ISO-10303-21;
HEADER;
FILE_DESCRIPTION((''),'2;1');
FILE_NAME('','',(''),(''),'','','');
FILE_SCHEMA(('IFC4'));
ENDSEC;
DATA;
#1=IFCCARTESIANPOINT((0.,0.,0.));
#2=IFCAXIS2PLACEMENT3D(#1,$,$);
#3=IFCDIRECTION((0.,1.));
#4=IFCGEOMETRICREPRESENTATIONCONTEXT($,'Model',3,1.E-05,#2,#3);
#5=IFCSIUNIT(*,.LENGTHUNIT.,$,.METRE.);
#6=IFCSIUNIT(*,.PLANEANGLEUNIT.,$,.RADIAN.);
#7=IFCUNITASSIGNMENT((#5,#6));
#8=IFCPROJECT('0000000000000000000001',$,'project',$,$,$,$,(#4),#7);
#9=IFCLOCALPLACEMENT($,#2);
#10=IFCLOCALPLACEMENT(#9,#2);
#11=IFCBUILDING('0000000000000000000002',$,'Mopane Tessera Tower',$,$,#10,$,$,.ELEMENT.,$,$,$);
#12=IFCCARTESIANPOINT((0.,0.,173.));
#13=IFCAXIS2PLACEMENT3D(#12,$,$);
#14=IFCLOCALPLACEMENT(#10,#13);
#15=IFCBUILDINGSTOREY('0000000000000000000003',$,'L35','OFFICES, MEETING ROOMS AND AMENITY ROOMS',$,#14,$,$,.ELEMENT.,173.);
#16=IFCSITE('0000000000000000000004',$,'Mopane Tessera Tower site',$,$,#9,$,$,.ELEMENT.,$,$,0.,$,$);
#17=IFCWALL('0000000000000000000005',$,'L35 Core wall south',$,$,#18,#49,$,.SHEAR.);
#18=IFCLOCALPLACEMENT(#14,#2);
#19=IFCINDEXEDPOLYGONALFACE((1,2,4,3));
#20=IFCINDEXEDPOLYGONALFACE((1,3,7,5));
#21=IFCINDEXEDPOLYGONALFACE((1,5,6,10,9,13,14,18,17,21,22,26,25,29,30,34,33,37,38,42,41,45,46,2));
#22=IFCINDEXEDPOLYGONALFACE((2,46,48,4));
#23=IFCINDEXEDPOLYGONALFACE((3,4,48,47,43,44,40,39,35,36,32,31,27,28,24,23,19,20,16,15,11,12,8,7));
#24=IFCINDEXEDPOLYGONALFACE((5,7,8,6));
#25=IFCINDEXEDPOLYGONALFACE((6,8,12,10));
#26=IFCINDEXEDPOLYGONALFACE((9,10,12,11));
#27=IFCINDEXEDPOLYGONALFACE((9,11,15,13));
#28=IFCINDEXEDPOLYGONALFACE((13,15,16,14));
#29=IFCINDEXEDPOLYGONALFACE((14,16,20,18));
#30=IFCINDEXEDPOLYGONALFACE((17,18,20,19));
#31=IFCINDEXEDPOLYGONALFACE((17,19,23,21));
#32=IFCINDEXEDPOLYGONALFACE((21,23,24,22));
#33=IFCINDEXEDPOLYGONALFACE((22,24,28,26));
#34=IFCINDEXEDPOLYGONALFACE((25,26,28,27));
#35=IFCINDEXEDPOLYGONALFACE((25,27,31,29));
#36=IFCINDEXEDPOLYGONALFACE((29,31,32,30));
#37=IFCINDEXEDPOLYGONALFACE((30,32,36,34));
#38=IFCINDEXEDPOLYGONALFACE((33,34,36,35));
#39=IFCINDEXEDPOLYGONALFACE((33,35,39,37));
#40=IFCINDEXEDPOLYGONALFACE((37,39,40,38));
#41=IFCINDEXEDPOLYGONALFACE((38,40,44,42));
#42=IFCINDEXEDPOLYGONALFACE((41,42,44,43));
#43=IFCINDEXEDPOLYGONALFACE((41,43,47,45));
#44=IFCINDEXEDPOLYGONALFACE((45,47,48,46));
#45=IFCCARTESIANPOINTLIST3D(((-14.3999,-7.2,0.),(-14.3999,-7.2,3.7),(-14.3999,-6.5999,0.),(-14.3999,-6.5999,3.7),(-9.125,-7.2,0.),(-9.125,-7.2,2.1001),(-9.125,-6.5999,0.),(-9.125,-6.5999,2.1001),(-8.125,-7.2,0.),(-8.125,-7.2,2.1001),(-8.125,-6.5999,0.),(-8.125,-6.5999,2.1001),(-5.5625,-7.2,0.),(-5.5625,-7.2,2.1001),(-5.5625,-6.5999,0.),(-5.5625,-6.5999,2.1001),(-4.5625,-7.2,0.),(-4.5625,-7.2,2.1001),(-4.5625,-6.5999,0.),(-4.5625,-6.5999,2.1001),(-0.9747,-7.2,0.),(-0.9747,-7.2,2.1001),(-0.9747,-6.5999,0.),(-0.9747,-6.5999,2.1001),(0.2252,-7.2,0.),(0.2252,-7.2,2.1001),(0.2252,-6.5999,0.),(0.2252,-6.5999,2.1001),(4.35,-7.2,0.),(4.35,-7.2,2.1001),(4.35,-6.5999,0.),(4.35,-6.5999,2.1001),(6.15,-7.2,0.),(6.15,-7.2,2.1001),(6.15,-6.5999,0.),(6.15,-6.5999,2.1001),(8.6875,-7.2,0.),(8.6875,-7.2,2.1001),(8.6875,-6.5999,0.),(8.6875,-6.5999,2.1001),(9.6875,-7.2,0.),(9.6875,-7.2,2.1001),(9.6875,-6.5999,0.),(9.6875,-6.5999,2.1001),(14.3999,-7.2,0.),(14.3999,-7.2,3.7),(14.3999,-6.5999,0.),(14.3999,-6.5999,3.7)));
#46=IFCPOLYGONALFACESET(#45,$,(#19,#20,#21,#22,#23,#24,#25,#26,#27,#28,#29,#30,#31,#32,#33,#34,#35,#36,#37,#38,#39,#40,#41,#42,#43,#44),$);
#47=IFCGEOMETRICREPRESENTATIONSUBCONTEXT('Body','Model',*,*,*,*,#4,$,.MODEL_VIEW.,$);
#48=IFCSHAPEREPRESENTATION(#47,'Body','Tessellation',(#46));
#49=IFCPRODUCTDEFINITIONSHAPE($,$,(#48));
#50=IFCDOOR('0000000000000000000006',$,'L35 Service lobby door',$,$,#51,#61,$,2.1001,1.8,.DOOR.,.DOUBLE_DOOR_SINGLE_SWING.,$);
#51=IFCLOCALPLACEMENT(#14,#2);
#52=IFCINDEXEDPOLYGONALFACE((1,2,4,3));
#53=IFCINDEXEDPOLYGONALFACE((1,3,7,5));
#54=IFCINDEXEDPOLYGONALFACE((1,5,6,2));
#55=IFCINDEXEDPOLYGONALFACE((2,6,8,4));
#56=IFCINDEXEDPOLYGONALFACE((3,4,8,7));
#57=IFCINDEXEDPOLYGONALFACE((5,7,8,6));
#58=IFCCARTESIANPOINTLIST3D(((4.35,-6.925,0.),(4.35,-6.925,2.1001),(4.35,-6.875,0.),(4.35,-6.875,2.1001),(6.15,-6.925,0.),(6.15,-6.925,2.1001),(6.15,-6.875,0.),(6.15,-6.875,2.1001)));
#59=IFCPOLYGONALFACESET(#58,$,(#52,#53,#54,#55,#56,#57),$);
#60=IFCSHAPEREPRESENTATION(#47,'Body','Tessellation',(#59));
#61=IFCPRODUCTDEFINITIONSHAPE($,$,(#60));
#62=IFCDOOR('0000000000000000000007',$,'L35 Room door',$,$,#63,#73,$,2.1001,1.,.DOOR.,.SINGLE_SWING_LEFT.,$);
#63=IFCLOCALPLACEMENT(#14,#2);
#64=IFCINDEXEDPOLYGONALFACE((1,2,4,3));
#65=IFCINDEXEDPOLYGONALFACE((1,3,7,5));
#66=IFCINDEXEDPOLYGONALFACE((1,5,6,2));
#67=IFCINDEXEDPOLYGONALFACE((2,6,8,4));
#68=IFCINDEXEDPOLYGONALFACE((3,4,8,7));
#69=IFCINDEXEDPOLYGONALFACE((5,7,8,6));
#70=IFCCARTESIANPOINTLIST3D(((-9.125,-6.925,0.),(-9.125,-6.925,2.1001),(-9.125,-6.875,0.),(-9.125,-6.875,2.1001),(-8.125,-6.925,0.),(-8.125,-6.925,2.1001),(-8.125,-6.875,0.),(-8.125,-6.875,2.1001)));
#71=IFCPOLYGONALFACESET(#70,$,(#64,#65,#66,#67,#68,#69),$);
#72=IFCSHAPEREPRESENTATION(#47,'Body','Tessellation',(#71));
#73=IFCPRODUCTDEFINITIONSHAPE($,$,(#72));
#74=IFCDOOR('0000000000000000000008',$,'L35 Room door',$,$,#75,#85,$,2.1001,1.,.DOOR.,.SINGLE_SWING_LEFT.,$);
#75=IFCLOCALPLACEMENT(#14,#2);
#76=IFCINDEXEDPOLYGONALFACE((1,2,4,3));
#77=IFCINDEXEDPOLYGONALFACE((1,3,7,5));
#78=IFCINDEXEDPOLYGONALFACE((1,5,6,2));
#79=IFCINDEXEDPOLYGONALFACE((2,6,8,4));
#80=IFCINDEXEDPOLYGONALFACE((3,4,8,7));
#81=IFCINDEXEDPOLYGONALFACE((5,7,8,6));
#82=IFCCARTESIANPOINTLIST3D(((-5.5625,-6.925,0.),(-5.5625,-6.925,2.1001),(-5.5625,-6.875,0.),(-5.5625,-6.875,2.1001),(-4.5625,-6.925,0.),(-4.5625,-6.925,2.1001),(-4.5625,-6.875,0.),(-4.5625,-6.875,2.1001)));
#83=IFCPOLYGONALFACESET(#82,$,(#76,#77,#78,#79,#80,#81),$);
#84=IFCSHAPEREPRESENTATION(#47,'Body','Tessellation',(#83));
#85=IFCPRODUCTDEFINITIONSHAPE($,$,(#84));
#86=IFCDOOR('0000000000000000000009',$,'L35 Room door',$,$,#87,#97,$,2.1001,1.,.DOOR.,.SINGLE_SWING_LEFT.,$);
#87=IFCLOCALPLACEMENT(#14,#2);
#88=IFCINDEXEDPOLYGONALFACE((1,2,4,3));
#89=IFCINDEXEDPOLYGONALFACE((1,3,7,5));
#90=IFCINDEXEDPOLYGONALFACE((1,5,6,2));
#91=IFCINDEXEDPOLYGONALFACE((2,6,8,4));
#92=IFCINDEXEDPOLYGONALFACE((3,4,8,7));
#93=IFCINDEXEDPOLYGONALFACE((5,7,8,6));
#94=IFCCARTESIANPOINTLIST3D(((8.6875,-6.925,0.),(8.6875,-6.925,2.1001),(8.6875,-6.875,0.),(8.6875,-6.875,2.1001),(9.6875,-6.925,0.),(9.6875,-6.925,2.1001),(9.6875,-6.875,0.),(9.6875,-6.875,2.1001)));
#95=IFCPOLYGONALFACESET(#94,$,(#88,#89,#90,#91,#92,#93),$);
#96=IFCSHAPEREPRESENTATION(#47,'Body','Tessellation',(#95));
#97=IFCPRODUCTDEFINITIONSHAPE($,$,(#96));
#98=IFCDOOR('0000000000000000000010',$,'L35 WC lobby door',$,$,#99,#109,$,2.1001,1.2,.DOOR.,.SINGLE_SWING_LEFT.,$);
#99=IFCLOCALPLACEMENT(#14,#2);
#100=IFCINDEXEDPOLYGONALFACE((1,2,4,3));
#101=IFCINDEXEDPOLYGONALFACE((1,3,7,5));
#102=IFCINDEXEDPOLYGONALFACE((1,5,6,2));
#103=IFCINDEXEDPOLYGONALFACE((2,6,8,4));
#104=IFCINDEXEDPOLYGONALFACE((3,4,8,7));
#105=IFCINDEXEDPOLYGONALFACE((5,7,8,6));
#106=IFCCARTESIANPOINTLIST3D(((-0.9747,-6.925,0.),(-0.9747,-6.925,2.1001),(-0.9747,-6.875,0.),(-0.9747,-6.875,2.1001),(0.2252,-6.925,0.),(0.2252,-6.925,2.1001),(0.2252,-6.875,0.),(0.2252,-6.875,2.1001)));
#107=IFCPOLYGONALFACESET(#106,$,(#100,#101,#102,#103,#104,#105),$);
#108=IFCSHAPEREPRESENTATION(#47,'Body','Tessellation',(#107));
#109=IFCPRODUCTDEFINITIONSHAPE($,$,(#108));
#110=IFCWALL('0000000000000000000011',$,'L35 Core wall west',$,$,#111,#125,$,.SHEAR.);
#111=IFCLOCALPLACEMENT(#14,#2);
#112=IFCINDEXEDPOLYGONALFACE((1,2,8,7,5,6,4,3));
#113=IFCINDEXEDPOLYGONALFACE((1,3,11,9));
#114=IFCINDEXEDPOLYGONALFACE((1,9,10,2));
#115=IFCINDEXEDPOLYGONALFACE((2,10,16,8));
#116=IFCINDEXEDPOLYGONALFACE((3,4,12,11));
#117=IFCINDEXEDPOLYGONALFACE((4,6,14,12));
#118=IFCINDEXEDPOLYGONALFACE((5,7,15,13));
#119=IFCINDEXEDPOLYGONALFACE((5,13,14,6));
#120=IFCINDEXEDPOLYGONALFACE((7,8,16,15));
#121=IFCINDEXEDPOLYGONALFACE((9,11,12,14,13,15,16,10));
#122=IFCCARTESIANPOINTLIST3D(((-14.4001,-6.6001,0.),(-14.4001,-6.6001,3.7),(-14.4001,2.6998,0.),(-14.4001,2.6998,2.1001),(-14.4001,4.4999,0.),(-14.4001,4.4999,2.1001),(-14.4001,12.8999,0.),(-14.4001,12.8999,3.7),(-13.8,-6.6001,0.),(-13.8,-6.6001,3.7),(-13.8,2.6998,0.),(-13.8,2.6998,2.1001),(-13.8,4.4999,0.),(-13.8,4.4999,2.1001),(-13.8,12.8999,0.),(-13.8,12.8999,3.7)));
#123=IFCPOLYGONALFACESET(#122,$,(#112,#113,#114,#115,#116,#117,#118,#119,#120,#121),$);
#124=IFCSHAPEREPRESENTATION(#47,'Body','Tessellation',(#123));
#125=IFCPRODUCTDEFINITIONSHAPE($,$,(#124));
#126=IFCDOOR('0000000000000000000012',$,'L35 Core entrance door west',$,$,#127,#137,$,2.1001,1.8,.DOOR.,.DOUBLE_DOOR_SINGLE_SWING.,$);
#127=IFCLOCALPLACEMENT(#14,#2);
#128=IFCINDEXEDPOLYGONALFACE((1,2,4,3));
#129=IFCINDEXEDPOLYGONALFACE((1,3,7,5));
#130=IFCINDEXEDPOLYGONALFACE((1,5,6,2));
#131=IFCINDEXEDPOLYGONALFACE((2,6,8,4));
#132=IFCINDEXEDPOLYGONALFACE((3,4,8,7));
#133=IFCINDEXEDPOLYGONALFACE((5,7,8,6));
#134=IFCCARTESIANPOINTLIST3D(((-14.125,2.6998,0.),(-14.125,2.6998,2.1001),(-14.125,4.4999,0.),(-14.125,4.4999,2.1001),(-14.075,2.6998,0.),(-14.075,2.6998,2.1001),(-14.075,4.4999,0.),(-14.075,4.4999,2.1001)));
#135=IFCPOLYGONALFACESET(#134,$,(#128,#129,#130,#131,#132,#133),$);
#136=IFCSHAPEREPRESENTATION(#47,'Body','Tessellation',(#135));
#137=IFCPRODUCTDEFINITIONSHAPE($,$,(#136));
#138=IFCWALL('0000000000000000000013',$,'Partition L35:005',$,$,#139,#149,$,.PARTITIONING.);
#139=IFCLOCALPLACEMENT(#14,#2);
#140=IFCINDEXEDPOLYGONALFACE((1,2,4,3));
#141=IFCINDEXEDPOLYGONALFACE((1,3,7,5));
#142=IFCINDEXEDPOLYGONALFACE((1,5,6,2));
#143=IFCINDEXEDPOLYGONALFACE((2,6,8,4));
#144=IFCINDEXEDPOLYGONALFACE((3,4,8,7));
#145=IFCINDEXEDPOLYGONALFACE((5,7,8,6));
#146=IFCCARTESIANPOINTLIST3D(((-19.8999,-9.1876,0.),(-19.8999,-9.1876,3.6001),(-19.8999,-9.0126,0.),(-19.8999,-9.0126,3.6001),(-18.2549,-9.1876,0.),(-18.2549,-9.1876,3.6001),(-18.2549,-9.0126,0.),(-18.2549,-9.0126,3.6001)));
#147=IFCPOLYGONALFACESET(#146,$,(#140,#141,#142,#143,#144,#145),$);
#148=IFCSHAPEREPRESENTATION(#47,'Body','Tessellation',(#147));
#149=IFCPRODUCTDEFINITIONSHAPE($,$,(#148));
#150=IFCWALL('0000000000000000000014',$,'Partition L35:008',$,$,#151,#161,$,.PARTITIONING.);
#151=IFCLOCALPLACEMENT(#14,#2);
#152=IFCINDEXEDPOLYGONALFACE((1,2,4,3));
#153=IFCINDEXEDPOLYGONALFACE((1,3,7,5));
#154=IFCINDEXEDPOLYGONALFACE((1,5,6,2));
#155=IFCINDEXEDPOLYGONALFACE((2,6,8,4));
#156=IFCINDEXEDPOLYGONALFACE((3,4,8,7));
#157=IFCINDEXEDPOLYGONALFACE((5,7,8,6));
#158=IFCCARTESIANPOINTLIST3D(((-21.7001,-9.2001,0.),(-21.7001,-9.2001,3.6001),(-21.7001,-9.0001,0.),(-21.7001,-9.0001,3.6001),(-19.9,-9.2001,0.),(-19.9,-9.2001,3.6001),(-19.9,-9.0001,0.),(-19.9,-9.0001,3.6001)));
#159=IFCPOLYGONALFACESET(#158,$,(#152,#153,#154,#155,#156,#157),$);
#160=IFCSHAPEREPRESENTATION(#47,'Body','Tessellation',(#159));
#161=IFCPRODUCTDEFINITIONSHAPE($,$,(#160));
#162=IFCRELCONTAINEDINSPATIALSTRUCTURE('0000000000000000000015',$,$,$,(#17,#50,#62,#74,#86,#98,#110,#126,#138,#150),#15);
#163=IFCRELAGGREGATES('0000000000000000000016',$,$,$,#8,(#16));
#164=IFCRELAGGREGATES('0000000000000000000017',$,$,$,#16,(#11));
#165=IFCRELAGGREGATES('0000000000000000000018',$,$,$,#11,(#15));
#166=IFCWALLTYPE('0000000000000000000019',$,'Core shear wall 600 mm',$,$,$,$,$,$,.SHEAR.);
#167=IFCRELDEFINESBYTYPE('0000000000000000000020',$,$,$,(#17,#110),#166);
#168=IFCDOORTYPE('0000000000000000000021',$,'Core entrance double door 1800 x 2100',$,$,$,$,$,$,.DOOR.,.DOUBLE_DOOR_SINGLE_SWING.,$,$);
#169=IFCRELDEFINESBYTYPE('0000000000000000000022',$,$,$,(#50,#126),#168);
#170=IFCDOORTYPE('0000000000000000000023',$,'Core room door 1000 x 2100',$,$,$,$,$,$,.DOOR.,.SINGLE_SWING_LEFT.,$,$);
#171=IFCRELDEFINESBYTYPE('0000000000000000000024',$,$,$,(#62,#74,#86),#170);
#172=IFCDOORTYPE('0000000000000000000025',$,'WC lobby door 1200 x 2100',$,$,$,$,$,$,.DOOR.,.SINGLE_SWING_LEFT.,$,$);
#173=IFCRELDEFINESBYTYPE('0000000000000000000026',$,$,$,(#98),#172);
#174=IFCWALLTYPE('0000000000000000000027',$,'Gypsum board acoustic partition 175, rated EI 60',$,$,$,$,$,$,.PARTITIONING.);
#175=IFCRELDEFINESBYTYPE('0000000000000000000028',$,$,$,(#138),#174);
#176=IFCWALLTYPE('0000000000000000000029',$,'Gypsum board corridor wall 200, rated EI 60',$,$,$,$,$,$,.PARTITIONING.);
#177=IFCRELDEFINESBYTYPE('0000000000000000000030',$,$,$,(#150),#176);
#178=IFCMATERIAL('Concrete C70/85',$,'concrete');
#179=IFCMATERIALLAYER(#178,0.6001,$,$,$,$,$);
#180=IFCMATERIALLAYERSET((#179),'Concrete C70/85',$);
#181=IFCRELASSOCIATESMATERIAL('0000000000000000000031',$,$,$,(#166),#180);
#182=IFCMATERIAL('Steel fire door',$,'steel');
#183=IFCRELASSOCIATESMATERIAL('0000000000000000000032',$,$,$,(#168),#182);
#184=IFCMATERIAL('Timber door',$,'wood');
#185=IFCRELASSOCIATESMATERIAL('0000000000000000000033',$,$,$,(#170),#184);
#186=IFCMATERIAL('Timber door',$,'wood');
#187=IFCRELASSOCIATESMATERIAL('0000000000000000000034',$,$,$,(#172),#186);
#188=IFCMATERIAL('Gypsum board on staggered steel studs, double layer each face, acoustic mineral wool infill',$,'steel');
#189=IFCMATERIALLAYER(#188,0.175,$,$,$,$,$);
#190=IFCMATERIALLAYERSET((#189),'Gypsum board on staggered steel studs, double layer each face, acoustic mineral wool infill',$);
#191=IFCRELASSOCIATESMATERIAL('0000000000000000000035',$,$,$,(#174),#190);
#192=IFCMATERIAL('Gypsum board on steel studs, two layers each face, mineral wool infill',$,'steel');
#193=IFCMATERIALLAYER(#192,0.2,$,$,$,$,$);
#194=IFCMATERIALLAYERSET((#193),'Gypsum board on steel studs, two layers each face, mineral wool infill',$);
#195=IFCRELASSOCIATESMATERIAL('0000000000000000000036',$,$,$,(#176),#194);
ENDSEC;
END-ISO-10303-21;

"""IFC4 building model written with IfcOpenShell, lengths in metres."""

from ifc_helpers import new_model, si_unit, direction, frame, frame_2d, origin, place, context, subcontext, project, spatial, rectangle, extrude, material, layer, layer_set, type_object, element, fill, save


model = new_model("IFC4")

# Units and contexts
model_context = context("Model", 3, precision=1e-05, world=origin(), true_north=direction((0.0, 1.0)))
body_context = subcontext(model_context, "Body", "Model", "MODEL_VIEW")
ifc_project = project(units=[si_unit("LENGTHUNIT", "METRE"), si_unit("PLANEANGLEUNIT", "RADIAN")], contexts=[model_context])

# Site, building, storey
site_placement = place(None, origin())
site = spatial("IfcSite", under=ifc_project, at=site_placement, Name="Mopane Tessera Tower site", CompositionType="ELEMENT", RefElevation=0.0)
building_placement = place(site_placement, origin())
building = spatial("IfcBuilding", under=site, at=building_placement, Name="Mopane Tessera Tower", CompositionType="ELEMENT")
storey_placement = place(building_placement, frame((0.0, 0.0, 173.0)))
storey = spatial("IfcBuildingStorey", under=building, at=storey_placement, Name="L35", Description="OFFICES, MEETING ROOMS AND AMENITY ROOMS", CompositionType="ELEMENT", Elevation=173.0)

# Wall, openings, doors
ifc_material_1 = material(Name="Concrete C70/85", Category="concrete")
ifc_layer_1 = layer(ifc_material_1, 0.6001)
ifc_layer_set_1 = layer_set([ifc_layer_1], Name="Concrete C70/85")
wall_type_1 = type_object("IfcWallType", Name="Core shear wall 600 mm", PredefinedType="SHEAR", material=ifc_layer_set_1)
wall_1_placement = place(storey_placement, frame((-14.3999, -6.8999, 0.0), z_axis=(0.0, 0.0, 1.0), x_axis=(1.0, 0.0, 0.0)))
wall_1 = element("IfcWall", 1, at=wall_1_placement, inside=storey, type_object=wall_type_1, Name="L35 Core wall south", PredefinedType="SHEAR", context=body_context, shape_type="SweptSolid", body=[
    extrude(rectangle(XDim=28.7998, YDim=0.6001, at=frame_2d((14.3999, 0.0))), origin(), (0.0, 0.0, 1.0), 3.7),
])
opening_1_placement = place(wall_1_placement, frame((5.2749, 0.0, 0.0)))
opening_1 = element("IfcOpeningElement", 2, at=opening_1_placement, cuts=wall_1, PredefinedType="OPENING", context=body_context, shape_type="SweptSolid", body=[
    extrude(rectangle(XDim=1.0, YDim=2.1001, at=frame_2d((0.5, 1.05))), frame((0.0, 0.312, 0.0), z_axis=(0.0, -1.0, 0.0), x_axis=(1.0, 0.0, 0.0)), (0.0, 0.0, 1.0), 0.624),
])
opening_2_placement = place(wall_1_placement, frame((8.8374, 0.0, 0.0)))
opening_2 = element("IfcOpeningElement", 3, at=opening_2_placement, cuts=wall_1, PredefinedType="OPENING", context=body_context, shape_type="SweptSolid", body=[
    extrude(rectangle(XDim=1.0, YDim=2.1001, at=frame_2d((0.5, 1.05))), frame((0.0, 0.312, 0.0), z_axis=(0.0, -1.0, 0.0), x_axis=(1.0, 0.0, 0.0)), (0.0, 0.0, 1.0), 0.624),
])
opening_3_placement = place(wall_1_placement, frame((13.425, 0.0, 0.0)))
opening_3 = element("IfcOpeningElement", 4, at=opening_3_placement, cuts=wall_1, PredefinedType="OPENING", context=body_context, shape_type="SweptSolid", body=[
    extrude(rectangle(XDim=1.2, YDim=2.1001, at=frame_2d((0.6001, 1.05))), frame((0.0, 0.312, 0.0), z_axis=(0.0, -1.0, 0.0), x_axis=(1.0, 0.0, 0.0)), (0.0, 0.0, 1.0), 0.624),
])
opening_4_placement = place(wall_1_placement, frame((18.75, 0.0, 0.0)))
opening_4 = element("IfcOpeningElement", 5, at=opening_4_placement, cuts=wall_1, PredefinedType="OPENING", context=body_context, shape_type="SweptSolid", body=[
    extrude(rectangle(XDim=1.8, YDim=2.1001, at=frame_2d((0.8999, 1.05))), frame((0.0, 0.312, 0.0), z_axis=(0.0, -1.0, 0.0), x_axis=(1.0, 0.0, 0.0)), (0.0, 0.0, 1.0), 0.624),
])
opening_5_placement = place(wall_1_placement, frame((23.0874, 0.0, 0.0)))
opening_5 = element("IfcOpeningElement", 6, at=opening_5_placement, cuts=wall_1, PredefinedType="OPENING", context=body_context, shape_type="SweptSolid", body=[
    extrude(rectangle(XDim=1.0, YDim=2.1001, at=frame_2d((0.5, 1.05))), frame((0.0, 0.312, 0.0), z_axis=(0.0, -1.0, 0.0), x_axis=(1.0, 0.0, 0.0)), (0.0, 0.0, 1.0), 0.624),
])
ifc_material_2 = material(Name="Steel fire door", Category="steel")
door_type_1 = type_object("IfcDoorType", Name="Core entrance double door 1800 x 2100", OperationType="DOUBLE_DOOR_SINGLE_SWING", PredefinedType="DOOR", material=ifc_material_2)
door_1_placement = place(opening_4_placement, origin())
door_1 = element("IfcDoor", 7, at=door_1_placement, inside=storey, type_object=door_type_1, Name="L35 Service lobby door", OperationType="DOUBLE_DOOR_SINGLE_SWING", OverallHeight=2.1001, OverallWidth=1.8, PredefinedType="DOOR", context=body_context, shape_type="SweptSolid", body=[
    extrude(rectangle(XDim=1.8, YDim=2.1001, at=frame_2d((0.8999, 1.05))), frame((0.0, 0.0249, 0.0), z_axis=(0.0, -1.0, 0.0), x_axis=(1.0, 0.0, 0.0)), (0.0, 0.0, 1.0), 0.05),
])
fill(opening_4, door_1)
ifc_material_3 = material(Name="Timber door", Category="wood")
door_type_2 = type_object("IfcDoorType", Name="Core room door 1000 x 2100", OperationType="SINGLE_SWING_LEFT", PredefinedType="DOOR", material=ifc_material_3)
door_2_placement = place(opening_1_placement, origin())
door_2 = element("IfcDoor", 8, at=door_2_placement, inside=storey, type_object=door_type_2, Name="L35 Room door", OperationType="SINGLE_SWING_LEFT", OverallHeight=2.1001, OverallWidth=1.0, PredefinedType="DOOR", context=body_context, shape_type="SweptSolid", body=[
    extrude(rectangle(XDim=1.0, YDim=2.1001, at=frame_2d((0.5, 1.05))), frame((0.0, 0.0249, 0.0), z_axis=(0.0, -1.0, 0.0), x_axis=(1.0, 0.0, 0.0)), (0.0, 0.0, 1.0), 0.05),
])
fill(opening_1, door_2)
door_3_placement = place(opening_2_placement, origin())
door_3 = element("IfcDoor", 9, at=door_3_placement, inside=storey, type_object=door_type_2, Name="L35 Room door", OperationType="SINGLE_SWING_LEFT", OverallHeight=2.1001, OverallWidth=1.0, PredefinedType="DOOR", context=body_context, shape_type="SweptSolid", body=[
    extrude(rectangle(XDim=1.0, YDim=2.1001, at=frame_2d((0.5, 1.05))), frame((0.0, 0.0249, 0.0), z_axis=(0.0, -1.0, 0.0), x_axis=(1.0, 0.0, 0.0)), (0.0, 0.0, 1.0), 0.05),
])
fill(opening_2, door_3)
door_4_placement = place(opening_5_placement, origin())
door_4 = element("IfcDoor", 10, at=door_4_placement, inside=storey, type_object=door_type_2, Name="L35 Room door", OperationType="SINGLE_SWING_LEFT", OverallHeight=2.1001, OverallWidth=1.0, PredefinedType="DOOR", context=body_context, shape_type="SweptSolid", body=[
    extrude(rectangle(XDim=1.0, YDim=2.1001, at=frame_2d((0.5, 1.05))), frame((0.0, 0.0249, 0.0), z_axis=(0.0, -1.0, 0.0), x_axis=(1.0, 0.0, 0.0)), (0.0, 0.0, 1.0), 0.05),
])
fill(opening_5, door_4)
ifc_material_4 = material(Name="Timber door", Category="wood")
door_type_3 = type_object("IfcDoorType", Name="WC lobby door 1200 x 2100", OperationType="SINGLE_SWING_LEFT", PredefinedType="DOOR", material=ifc_material_4)
door_5_placement = place(opening_3_placement, origin())
door_5 = element("IfcDoor", 11, at=door_5_placement, inside=storey, type_object=door_type_3, Name="L35 WC lobby door", OperationType="SINGLE_SWING_LEFT", OverallHeight=2.1001, OverallWidth=1.2, PredefinedType="DOOR", context=body_context, shape_type="SweptSolid", body=[
    extrude(rectangle(XDim=1.2, YDim=2.1001, at=frame_2d((0.6001, 1.05))), frame((0.0, 0.0249, 0.0), z_axis=(0.0, -1.0, 0.0), x_axis=(1.0, 0.0, 0.0)), (0.0, 0.0, 1.0), 0.05),
])
fill(opening_3, door_5)

# Wall, opening, door
wall_2_placement = place(storey_placement, frame((-14.1001, -6.6001, 0.0), z_axis=(0.0, 0.0, 1.0), x_axis=(0.0, 1.0, 0.0)))
wall_2 = element("IfcWall", 12, at=wall_2_placement, inside=storey, type_object=wall_type_1, Name="L35 Core wall west", PredefinedType="SHEAR", context=body_context, shape_type="SweptSolid", body=[
    extrude(rectangle(XDim=19.5, YDim=0.6001, at=frame_2d((9.75, 0.0))), origin(), (0.0, 0.0, 1.0), 3.7),
])
opening_6_placement = place(wall_2_placement, frame((9.3, 0.0, 0.0)))
opening_6 = element("IfcOpeningElement", 13, at=opening_6_placement, cuts=wall_2, PredefinedType="OPENING", context=body_context, shape_type="SweptSolid", body=[
    extrude(rectangle(XDim=1.8, YDim=2.1001, at=frame_2d((0.8999, 1.05))), frame((0.0, 0.312, 0.0), z_axis=(0.0, -1.0, 0.0), x_axis=(1.0, 0.0, 0.0)), (0.0, 0.0, 1.0), 0.624),
])
door_6_placement = place(opening_6_placement, origin())
door_6 = element("IfcDoor", 14, at=door_6_placement, inside=storey, type_object=door_type_1, Name="L35 Core entrance door west", OperationType="DOUBLE_DOOR_SINGLE_SWING", OverallHeight=2.1001, OverallWidth=1.8, PredefinedType="DOOR", context=body_context, shape_type="SweptSolid", body=[
    extrude(rectangle(XDim=1.8, YDim=2.1001, at=frame_2d((0.8999, 1.05))), frame((0.0, 0.0249, 0.0), z_axis=(0.0, -1.0, 0.0), x_axis=(1.0, 0.0, 0.0)), (0.0, 0.0, 1.0), 0.05),
])
fill(opening_6, door_6)

# Walls
ifc_material_5 = material(Name="Gypsum board on staggered steel studs, double layer each face, acoustic mineral wool infill", Category="steel")
ifc_layer_2 = layer(ifc_material_5, 0.175)
ifc_layer_set_2 = layer_set([ifc_layer_2], Name="Gypsum board on staggered steel studs, double layer each face, acoustic mineral wool infill")
wall_type_2 = type_object("IfcWallType", Name="Gypsum board acoustic partition 175, rated EI 60", PredefinedType="PARTITIONING", material=ifc_layer_set_2)
wall_3_placement = place(storey_placement, frame((-19.8999, -9.1001, 0.0), z_axis=(0.0, 0.0, 1.0), x_axis=(1.0, 0.0, 0.0)))
element("IfcWall", 15, at=wall_3_placement, inside=storey, type_object=wall_type_2, Name="Partition L35:005", PredefinedType="PARTITIONING", context=body_context, shape_type="SweptSolid", body=[
    extrude(rectangle(XDim=1.645, YDim=0.175, at=frame_2d((0.8225, 0.0))), origin(), (0.0, 0.0, 1.0), 3.6001),
])
ifc_material_6 = material(Name="Gypsum board on steel studs, two layers each face, mineral wool infill", Category="steel")
ifc_layer_3 = layer(ifc_material_6, 0.2)
ifc_layer_set_3 = layer_set([ifc_layer_3], Name="Gypsum board on steel studs, two layers each face, mineral wool infill")
wall_type_3 = type_object("IfcWallType", Name="Gypsum board corridor wall 200, rated EI 60", PredefinedType="PARTITIONING", material=ifc_layer_set_3)
wall_4_placement = place(storey_placement, frame((-21.7, -9.1001, 0.0), z_axis=(0.0, 0.0, 1.0), x_axis=(1.0, 0.0, 0.0)))
element("IfcWall", 16, at=wall_4_placement, inside=storey, type_object=wall_type_3, Name="Partition L35:008", PredefinedType="PARTITIONING", context=body_context, shape_type="SweptSolid", body=[
    extrude(rectangle(XDim=1.8, YDim=0.2, at=frame_2d((0.8999, 0.0))), origin(), (0.0, 0.0, 1.0), 3.6001),
])

save(model, "model.ifc")
